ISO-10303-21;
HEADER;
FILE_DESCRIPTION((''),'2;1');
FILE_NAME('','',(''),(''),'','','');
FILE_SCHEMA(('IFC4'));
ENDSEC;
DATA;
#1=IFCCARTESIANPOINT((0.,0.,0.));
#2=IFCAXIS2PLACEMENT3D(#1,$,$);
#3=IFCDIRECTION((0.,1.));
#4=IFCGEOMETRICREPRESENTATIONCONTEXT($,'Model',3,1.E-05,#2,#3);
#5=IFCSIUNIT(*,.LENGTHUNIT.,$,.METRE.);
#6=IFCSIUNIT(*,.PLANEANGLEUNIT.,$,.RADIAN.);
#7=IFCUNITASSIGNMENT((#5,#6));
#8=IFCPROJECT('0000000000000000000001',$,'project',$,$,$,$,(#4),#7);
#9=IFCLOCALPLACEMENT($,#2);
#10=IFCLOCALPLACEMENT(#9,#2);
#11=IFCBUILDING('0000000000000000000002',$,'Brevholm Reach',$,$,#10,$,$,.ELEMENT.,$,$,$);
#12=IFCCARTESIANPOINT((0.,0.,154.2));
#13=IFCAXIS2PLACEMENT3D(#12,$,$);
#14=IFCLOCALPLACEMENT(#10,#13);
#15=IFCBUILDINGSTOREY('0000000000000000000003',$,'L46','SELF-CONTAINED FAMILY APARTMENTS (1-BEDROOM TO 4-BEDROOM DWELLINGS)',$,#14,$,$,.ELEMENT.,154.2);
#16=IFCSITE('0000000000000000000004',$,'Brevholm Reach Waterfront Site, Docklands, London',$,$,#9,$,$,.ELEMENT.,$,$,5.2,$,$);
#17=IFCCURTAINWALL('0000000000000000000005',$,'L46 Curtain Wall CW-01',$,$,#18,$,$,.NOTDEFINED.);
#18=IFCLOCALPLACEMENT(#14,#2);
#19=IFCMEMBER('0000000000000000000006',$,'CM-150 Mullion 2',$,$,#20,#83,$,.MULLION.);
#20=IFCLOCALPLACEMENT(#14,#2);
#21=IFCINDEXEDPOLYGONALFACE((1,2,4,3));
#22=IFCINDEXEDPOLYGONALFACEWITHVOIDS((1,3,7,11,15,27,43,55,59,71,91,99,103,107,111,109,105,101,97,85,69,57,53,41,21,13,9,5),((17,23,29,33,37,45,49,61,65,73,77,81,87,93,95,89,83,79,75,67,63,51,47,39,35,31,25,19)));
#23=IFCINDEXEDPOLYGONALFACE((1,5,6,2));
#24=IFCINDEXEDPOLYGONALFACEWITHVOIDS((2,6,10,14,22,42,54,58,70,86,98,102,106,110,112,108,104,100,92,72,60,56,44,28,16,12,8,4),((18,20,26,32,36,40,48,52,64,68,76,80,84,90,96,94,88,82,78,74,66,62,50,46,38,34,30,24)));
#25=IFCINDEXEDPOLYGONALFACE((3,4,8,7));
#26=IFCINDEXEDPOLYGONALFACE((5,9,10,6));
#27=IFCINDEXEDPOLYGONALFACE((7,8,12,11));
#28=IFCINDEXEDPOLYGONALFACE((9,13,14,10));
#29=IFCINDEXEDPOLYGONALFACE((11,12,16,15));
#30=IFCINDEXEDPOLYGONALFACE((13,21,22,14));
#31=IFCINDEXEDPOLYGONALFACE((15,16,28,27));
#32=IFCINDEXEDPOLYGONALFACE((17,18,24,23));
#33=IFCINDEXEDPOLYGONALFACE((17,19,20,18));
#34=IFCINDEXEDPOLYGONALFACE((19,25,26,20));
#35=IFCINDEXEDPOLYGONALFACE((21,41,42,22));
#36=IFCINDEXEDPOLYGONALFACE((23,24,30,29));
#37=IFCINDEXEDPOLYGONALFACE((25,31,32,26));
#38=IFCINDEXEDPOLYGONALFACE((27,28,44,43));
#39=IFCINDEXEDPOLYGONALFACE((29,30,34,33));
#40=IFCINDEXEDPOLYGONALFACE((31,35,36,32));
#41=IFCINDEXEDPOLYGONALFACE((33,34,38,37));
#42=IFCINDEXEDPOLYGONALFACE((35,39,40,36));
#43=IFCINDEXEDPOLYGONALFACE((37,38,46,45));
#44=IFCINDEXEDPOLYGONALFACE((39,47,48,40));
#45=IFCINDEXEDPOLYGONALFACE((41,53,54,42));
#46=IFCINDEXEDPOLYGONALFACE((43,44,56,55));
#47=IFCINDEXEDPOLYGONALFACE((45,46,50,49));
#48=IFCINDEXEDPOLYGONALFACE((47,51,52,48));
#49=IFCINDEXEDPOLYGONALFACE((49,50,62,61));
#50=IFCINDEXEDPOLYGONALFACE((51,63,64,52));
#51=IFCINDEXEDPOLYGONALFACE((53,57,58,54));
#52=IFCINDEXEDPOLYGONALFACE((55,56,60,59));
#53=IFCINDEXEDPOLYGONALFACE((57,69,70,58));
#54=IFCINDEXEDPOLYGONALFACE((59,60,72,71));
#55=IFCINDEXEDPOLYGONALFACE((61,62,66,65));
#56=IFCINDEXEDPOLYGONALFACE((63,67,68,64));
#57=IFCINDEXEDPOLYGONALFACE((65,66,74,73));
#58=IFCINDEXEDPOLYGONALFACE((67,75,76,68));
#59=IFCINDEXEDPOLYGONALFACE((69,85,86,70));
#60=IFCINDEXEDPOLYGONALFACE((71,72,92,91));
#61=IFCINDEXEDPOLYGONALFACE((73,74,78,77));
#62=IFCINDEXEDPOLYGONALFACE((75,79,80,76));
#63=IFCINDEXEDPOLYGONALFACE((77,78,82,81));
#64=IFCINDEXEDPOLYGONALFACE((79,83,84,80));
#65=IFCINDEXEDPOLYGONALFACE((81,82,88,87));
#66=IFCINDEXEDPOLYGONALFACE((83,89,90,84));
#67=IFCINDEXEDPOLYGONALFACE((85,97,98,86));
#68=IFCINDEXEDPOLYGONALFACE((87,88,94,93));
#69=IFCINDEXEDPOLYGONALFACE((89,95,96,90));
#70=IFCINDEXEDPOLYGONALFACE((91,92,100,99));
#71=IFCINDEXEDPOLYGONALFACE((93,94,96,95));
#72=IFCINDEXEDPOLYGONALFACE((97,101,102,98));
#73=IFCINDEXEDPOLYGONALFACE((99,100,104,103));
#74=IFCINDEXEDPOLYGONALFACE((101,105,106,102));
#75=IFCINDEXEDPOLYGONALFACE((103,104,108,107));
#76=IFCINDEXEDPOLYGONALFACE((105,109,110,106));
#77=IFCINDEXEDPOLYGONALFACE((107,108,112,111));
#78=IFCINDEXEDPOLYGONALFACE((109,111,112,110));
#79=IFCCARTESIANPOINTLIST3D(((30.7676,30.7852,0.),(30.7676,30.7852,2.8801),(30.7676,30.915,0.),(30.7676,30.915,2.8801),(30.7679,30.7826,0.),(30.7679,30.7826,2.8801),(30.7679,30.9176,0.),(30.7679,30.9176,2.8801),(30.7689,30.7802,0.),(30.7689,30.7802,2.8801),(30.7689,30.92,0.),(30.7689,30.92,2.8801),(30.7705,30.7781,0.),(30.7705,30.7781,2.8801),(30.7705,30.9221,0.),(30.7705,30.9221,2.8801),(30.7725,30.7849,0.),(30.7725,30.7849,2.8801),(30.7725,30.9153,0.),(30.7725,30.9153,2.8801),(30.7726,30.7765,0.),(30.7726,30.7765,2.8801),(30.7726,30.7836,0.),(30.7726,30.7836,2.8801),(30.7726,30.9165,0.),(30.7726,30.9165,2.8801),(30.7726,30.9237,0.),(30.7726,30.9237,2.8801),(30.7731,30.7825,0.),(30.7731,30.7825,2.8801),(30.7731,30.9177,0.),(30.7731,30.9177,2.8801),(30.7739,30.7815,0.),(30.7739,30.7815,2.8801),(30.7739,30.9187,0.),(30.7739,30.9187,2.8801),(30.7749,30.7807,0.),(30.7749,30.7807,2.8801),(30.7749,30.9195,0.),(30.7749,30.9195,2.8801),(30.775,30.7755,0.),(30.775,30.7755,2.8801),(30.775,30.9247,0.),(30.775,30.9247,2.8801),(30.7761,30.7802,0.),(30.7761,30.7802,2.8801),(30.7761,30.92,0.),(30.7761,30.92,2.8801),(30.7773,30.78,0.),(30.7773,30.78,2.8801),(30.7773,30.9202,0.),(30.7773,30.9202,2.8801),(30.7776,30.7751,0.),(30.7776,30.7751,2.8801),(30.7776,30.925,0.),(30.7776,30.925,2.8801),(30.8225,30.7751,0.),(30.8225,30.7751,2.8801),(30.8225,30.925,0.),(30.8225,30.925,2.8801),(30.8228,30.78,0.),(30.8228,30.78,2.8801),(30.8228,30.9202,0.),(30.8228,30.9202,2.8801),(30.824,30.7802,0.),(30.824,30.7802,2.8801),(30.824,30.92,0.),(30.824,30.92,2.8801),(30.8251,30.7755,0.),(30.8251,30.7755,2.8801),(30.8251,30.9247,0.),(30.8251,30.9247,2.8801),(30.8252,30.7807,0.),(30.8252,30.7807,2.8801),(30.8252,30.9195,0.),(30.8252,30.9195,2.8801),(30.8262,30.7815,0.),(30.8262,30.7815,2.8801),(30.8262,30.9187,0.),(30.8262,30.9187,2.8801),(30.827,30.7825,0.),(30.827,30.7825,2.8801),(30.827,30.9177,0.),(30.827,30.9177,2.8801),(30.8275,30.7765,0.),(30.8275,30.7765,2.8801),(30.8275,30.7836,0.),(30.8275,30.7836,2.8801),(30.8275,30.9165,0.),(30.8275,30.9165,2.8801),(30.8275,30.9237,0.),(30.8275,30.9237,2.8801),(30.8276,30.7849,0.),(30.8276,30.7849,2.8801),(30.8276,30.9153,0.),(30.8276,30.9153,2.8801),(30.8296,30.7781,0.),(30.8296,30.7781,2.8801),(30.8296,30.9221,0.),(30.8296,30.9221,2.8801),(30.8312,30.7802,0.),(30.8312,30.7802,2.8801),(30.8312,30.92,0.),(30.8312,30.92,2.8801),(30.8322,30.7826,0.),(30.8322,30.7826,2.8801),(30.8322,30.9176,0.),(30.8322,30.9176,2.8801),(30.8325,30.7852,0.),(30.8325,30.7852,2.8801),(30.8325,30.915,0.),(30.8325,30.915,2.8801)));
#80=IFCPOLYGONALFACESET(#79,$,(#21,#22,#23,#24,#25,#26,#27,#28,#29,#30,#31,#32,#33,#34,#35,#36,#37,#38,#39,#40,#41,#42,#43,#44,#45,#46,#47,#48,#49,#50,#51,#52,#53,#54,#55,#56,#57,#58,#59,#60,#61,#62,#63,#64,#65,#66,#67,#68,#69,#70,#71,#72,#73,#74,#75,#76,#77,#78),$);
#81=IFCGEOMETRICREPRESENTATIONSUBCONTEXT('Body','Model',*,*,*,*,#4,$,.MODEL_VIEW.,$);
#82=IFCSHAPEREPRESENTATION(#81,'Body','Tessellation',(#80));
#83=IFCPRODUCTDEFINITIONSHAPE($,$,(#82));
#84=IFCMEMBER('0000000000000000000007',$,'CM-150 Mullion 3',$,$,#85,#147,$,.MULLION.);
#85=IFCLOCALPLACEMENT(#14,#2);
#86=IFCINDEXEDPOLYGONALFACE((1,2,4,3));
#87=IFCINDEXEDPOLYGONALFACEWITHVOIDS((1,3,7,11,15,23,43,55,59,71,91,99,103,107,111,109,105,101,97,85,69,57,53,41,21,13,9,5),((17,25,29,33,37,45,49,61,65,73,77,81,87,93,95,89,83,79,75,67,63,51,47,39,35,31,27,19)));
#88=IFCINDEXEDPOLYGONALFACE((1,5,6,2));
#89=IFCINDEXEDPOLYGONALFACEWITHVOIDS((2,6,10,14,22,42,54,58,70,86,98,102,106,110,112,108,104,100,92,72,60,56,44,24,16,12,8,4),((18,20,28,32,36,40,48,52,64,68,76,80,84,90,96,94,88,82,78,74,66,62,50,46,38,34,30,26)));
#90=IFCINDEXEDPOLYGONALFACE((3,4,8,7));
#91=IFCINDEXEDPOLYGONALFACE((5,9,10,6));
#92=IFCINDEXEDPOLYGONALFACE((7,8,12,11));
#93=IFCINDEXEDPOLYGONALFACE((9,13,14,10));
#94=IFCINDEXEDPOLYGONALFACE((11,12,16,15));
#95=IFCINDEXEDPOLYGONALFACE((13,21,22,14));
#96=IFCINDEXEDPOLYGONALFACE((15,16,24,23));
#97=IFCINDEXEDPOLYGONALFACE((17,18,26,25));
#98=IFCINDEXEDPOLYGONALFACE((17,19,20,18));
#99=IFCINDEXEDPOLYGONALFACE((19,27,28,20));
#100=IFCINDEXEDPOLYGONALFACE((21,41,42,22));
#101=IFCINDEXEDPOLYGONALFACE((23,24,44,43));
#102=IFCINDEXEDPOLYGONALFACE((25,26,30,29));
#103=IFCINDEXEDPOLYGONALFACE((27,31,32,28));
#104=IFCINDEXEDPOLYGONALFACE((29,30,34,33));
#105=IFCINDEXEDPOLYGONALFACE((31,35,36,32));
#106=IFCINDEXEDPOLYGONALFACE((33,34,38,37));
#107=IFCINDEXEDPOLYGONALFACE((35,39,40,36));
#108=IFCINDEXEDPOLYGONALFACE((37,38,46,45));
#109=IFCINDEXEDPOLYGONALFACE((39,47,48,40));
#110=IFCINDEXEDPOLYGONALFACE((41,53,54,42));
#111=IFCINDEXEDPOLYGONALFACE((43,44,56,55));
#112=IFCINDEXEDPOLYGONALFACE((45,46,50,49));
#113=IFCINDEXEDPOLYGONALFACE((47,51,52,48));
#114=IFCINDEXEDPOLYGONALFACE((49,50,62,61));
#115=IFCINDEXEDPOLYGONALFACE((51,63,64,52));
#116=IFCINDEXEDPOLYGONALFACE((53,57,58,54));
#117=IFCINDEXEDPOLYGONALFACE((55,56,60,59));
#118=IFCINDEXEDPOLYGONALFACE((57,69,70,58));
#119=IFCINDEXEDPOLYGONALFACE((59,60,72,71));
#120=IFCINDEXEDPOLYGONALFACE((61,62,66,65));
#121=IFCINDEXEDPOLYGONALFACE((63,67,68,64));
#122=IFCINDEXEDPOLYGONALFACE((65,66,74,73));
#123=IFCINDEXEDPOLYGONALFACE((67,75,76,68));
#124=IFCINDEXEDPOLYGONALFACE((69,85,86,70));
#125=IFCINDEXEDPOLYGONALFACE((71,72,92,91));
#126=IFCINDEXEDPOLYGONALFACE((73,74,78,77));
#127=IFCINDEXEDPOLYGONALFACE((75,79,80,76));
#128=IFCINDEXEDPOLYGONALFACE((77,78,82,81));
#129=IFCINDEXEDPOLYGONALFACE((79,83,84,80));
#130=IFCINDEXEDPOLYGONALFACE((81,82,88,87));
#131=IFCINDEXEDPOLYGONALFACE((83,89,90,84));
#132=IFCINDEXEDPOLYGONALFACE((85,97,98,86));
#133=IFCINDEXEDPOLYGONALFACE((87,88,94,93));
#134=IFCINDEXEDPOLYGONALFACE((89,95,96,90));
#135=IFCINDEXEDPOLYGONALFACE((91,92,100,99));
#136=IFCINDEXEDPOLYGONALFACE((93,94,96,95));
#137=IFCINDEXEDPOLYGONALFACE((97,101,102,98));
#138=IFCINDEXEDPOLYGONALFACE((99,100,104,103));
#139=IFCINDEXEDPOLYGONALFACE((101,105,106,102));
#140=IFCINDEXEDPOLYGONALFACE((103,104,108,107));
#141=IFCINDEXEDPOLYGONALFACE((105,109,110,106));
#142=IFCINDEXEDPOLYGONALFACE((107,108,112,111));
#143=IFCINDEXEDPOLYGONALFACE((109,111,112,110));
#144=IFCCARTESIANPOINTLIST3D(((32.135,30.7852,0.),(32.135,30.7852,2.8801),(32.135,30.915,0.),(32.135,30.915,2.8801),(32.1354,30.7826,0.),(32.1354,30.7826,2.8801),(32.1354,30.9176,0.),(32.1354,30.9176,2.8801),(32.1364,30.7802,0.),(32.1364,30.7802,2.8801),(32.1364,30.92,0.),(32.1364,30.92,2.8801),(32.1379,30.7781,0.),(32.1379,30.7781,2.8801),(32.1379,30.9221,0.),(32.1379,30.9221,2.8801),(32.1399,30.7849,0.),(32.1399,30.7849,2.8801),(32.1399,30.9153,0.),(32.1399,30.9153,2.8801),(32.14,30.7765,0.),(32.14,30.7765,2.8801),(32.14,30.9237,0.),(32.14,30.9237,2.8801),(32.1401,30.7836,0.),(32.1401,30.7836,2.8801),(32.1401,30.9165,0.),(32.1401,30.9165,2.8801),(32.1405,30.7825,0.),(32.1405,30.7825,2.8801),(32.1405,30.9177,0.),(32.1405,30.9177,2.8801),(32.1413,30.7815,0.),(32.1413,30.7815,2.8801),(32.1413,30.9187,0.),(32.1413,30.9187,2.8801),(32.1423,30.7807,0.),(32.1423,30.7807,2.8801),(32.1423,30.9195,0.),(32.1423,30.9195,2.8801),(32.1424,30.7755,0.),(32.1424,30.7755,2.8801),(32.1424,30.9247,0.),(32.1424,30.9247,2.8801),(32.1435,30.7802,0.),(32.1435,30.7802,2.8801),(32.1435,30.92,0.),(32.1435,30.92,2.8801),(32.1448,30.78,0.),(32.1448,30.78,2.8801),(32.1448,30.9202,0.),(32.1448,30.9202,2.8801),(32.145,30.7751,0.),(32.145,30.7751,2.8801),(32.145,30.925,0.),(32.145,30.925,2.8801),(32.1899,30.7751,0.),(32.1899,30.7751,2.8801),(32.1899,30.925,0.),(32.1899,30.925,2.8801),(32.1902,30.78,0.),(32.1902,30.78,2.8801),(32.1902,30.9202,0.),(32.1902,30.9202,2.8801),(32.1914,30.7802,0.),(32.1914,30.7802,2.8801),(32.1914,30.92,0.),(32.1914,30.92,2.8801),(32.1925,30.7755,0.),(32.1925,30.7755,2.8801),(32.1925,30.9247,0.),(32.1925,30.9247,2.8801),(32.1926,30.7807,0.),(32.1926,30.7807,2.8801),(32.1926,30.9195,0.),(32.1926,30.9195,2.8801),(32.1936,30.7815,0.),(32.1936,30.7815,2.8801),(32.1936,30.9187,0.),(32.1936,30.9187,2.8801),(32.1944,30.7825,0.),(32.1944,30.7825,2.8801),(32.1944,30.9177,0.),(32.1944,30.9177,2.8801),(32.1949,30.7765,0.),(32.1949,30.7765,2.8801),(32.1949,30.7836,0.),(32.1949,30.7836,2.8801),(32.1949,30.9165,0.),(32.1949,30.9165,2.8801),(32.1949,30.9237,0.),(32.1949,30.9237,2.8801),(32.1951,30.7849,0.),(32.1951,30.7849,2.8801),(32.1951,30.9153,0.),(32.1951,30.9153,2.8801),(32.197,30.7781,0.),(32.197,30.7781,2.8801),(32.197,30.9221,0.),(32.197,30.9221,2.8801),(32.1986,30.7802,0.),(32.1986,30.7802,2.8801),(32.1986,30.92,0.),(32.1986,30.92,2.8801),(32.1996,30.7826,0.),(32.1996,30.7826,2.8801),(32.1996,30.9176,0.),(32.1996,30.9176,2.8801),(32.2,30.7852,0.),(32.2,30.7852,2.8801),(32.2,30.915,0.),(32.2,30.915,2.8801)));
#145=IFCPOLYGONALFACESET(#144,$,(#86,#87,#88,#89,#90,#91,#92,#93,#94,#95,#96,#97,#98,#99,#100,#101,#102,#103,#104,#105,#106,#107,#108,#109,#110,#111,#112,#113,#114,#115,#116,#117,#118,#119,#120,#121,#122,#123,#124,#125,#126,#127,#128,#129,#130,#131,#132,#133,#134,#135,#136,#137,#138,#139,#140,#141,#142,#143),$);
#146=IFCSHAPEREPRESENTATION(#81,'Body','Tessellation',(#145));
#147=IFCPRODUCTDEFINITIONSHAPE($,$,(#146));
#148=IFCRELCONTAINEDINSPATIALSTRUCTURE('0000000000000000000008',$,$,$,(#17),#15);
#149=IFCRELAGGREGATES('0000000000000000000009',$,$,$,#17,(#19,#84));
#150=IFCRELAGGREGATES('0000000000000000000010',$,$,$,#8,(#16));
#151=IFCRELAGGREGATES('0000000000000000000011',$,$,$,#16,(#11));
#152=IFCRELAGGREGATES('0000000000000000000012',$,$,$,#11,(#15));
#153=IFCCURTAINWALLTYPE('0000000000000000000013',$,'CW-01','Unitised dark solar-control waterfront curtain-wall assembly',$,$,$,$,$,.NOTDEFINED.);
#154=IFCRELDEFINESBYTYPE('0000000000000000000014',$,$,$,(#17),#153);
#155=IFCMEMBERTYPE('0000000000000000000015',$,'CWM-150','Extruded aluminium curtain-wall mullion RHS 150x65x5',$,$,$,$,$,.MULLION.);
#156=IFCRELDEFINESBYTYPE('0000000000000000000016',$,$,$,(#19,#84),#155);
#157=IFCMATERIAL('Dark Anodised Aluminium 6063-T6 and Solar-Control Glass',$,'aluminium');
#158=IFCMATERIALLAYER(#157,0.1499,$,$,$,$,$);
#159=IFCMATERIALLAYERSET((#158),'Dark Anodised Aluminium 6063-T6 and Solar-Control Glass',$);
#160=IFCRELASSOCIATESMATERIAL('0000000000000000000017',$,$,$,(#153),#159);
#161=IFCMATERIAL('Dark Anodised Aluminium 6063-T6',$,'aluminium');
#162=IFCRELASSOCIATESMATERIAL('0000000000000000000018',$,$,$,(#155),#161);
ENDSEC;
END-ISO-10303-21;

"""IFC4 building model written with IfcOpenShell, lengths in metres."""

from ifc_helpers import new_model, si_unit, direction, frame, origin, origin_2d, place, context, subcontext, project, spatial, hollow_rectangle, extrude, material, layer, layer_set, material_profile, profile_set, type_object, element, aggregate, save


model = new_model("IFC4")

# Units and contexts
model_context = context("Model", 3, precision=1e-05, world=origin(), true_north=direction((0.0, 1.0)))
body_context = subcontext(model_context, "Body", "Model", "MODEL_VIEW")
ifc_project = project(units=[si_unit("LENGTHUNIT", "METRE"), si_unit("PLANEANGLEUNIT", "RADIAN")], contexts=[model_context])

# Site, building, storey
site_placement = place(None, origin())
site = spatial("IfcSite", under=ifc_project, at=site_placement, Name="Brevholm Reach Waterfront Site, Docklands, London", CompositionType="ELEMENT", RefElevation=5.2)
building_placement = place(site_placement, origin())
building = spatial("IfcBuilding", under=site, at=building_placement, Name="Brevholm Reach", CompositionType="ELEMENT")
storey_placement = place(building_placement, frame((0.0, 0.0, 154.2)))
storey = spatial("IfcBuildingStorey", under=building, at=storey_placement, Name="L46", Description="SELF-CONTAINED FAMILY APARTMENTS (1-BEDROOM TO 4-BEDROOM DWELLINGS)", CompositionType="ELEMENT", Elevation=154.2)

# Curtain wall, members
ifc_material_1 = material(Name="Dark Anodised Aluminium 6063-T6 and Solar-Control Glass", Category="aluminium")
ifc_layer_1 = layer(ifc_material_1, 0.1499)
ifc_layer_set_1 = layer_set([ifc_layer_1], Name="Dark Anodised Aluminium 6063-T6 and Solar-Control Glass")
curtain_wall_type_1 = type_object("IfcCurtainWallType", Name="CW-01", Description="Unitised dark solar-control waterfront curtain-wall assembly", PredefinedType="NOTDEFINED", material=ifc_layer_set_1)
curtain_wall_1_placement = place(storey_placement, origin())
curtain_wall_1 = element("IfcCurtainWall", 1, at=curtain_wall_1_placement, inside=storey, type_object=curtain_wall_type_1, Name="L46 Curtain Wall CW-01", PredefinedType="NOTDEFINED")
ifc_material_2 = material(Name="Dark Anodised Aluminium 6063-T6", Category="aluminium")
ifc_material_profile_1 = material_profile(ifc_material_2, hollow_rectangle(XDim=0.0649, YDim=0.1499, WallThickness=0.0049, InnerFilletRadius=0.0049, OuterFilletRadius=0.01, at=origin_2d()), Name="RHS 150x65x5")
ifc_profile_set_1 = profile_set([ifc_material_profile_1], Name="Dark Anodised Aluminium 6063-T6")
member_type_1 = type_object("IfcMemberType", Name="CWM-150", Description="Extruded aluminium curtain-wall mullion RHS 150x65x5", PredefinedType="MULLION", material=ifc_profile_set_1)
member_1_placement = place(storey_placement, frame((30.8, 30.8501, 0.0), z_axis=(0.0, 0.0, 1.0), x_axis=(1.0, 0.0, 0.0)))
member_1 = element("IfcMember", 2, at=member_1_placement, type_object=member_type_1, Name="CM-150 Mullion 2", PredefinedType="MULLION", context=body_context, shape_type="SweptSolid", body=[
    extrude(hollow_rectangle(XDim=0.0649, YDim=0.1499, WallThickness=0.0049, InnerFilletRadius=0.0049, OuterFilletRadius=0.01, at=origin_2d()), origin(), (0.0, 0.0, 1.0), 2.8801),
])
member_2_placement = place(storey_placement, frame((32.1675, 30.8501, 0.0), z_axis=(0.0, 0.0, 1.0), x_axis=(1.0, 0.0, 0.0)))
member_2 = element("IfcMember", 3, at=member_2_placement, type_object=member_type_1, Name="CM-150 Mullion 3", PredefinedType="MULLION", context=body_context, shape_type="SweptSolid", body=[
    extrude(hollow_rectangle(XDim=0.0649, YDim=0.1499, WallThickness=0.0049, InnerFilletRadius=0.0049, OuterFilletRadius=0.01, at=origin_2d()), origin(), (0.0, 0.0, 1.0), 2.8801),
])

aggregate(curtain_wall_1, [member_1, member_2])

save(model, "model.ifc")
